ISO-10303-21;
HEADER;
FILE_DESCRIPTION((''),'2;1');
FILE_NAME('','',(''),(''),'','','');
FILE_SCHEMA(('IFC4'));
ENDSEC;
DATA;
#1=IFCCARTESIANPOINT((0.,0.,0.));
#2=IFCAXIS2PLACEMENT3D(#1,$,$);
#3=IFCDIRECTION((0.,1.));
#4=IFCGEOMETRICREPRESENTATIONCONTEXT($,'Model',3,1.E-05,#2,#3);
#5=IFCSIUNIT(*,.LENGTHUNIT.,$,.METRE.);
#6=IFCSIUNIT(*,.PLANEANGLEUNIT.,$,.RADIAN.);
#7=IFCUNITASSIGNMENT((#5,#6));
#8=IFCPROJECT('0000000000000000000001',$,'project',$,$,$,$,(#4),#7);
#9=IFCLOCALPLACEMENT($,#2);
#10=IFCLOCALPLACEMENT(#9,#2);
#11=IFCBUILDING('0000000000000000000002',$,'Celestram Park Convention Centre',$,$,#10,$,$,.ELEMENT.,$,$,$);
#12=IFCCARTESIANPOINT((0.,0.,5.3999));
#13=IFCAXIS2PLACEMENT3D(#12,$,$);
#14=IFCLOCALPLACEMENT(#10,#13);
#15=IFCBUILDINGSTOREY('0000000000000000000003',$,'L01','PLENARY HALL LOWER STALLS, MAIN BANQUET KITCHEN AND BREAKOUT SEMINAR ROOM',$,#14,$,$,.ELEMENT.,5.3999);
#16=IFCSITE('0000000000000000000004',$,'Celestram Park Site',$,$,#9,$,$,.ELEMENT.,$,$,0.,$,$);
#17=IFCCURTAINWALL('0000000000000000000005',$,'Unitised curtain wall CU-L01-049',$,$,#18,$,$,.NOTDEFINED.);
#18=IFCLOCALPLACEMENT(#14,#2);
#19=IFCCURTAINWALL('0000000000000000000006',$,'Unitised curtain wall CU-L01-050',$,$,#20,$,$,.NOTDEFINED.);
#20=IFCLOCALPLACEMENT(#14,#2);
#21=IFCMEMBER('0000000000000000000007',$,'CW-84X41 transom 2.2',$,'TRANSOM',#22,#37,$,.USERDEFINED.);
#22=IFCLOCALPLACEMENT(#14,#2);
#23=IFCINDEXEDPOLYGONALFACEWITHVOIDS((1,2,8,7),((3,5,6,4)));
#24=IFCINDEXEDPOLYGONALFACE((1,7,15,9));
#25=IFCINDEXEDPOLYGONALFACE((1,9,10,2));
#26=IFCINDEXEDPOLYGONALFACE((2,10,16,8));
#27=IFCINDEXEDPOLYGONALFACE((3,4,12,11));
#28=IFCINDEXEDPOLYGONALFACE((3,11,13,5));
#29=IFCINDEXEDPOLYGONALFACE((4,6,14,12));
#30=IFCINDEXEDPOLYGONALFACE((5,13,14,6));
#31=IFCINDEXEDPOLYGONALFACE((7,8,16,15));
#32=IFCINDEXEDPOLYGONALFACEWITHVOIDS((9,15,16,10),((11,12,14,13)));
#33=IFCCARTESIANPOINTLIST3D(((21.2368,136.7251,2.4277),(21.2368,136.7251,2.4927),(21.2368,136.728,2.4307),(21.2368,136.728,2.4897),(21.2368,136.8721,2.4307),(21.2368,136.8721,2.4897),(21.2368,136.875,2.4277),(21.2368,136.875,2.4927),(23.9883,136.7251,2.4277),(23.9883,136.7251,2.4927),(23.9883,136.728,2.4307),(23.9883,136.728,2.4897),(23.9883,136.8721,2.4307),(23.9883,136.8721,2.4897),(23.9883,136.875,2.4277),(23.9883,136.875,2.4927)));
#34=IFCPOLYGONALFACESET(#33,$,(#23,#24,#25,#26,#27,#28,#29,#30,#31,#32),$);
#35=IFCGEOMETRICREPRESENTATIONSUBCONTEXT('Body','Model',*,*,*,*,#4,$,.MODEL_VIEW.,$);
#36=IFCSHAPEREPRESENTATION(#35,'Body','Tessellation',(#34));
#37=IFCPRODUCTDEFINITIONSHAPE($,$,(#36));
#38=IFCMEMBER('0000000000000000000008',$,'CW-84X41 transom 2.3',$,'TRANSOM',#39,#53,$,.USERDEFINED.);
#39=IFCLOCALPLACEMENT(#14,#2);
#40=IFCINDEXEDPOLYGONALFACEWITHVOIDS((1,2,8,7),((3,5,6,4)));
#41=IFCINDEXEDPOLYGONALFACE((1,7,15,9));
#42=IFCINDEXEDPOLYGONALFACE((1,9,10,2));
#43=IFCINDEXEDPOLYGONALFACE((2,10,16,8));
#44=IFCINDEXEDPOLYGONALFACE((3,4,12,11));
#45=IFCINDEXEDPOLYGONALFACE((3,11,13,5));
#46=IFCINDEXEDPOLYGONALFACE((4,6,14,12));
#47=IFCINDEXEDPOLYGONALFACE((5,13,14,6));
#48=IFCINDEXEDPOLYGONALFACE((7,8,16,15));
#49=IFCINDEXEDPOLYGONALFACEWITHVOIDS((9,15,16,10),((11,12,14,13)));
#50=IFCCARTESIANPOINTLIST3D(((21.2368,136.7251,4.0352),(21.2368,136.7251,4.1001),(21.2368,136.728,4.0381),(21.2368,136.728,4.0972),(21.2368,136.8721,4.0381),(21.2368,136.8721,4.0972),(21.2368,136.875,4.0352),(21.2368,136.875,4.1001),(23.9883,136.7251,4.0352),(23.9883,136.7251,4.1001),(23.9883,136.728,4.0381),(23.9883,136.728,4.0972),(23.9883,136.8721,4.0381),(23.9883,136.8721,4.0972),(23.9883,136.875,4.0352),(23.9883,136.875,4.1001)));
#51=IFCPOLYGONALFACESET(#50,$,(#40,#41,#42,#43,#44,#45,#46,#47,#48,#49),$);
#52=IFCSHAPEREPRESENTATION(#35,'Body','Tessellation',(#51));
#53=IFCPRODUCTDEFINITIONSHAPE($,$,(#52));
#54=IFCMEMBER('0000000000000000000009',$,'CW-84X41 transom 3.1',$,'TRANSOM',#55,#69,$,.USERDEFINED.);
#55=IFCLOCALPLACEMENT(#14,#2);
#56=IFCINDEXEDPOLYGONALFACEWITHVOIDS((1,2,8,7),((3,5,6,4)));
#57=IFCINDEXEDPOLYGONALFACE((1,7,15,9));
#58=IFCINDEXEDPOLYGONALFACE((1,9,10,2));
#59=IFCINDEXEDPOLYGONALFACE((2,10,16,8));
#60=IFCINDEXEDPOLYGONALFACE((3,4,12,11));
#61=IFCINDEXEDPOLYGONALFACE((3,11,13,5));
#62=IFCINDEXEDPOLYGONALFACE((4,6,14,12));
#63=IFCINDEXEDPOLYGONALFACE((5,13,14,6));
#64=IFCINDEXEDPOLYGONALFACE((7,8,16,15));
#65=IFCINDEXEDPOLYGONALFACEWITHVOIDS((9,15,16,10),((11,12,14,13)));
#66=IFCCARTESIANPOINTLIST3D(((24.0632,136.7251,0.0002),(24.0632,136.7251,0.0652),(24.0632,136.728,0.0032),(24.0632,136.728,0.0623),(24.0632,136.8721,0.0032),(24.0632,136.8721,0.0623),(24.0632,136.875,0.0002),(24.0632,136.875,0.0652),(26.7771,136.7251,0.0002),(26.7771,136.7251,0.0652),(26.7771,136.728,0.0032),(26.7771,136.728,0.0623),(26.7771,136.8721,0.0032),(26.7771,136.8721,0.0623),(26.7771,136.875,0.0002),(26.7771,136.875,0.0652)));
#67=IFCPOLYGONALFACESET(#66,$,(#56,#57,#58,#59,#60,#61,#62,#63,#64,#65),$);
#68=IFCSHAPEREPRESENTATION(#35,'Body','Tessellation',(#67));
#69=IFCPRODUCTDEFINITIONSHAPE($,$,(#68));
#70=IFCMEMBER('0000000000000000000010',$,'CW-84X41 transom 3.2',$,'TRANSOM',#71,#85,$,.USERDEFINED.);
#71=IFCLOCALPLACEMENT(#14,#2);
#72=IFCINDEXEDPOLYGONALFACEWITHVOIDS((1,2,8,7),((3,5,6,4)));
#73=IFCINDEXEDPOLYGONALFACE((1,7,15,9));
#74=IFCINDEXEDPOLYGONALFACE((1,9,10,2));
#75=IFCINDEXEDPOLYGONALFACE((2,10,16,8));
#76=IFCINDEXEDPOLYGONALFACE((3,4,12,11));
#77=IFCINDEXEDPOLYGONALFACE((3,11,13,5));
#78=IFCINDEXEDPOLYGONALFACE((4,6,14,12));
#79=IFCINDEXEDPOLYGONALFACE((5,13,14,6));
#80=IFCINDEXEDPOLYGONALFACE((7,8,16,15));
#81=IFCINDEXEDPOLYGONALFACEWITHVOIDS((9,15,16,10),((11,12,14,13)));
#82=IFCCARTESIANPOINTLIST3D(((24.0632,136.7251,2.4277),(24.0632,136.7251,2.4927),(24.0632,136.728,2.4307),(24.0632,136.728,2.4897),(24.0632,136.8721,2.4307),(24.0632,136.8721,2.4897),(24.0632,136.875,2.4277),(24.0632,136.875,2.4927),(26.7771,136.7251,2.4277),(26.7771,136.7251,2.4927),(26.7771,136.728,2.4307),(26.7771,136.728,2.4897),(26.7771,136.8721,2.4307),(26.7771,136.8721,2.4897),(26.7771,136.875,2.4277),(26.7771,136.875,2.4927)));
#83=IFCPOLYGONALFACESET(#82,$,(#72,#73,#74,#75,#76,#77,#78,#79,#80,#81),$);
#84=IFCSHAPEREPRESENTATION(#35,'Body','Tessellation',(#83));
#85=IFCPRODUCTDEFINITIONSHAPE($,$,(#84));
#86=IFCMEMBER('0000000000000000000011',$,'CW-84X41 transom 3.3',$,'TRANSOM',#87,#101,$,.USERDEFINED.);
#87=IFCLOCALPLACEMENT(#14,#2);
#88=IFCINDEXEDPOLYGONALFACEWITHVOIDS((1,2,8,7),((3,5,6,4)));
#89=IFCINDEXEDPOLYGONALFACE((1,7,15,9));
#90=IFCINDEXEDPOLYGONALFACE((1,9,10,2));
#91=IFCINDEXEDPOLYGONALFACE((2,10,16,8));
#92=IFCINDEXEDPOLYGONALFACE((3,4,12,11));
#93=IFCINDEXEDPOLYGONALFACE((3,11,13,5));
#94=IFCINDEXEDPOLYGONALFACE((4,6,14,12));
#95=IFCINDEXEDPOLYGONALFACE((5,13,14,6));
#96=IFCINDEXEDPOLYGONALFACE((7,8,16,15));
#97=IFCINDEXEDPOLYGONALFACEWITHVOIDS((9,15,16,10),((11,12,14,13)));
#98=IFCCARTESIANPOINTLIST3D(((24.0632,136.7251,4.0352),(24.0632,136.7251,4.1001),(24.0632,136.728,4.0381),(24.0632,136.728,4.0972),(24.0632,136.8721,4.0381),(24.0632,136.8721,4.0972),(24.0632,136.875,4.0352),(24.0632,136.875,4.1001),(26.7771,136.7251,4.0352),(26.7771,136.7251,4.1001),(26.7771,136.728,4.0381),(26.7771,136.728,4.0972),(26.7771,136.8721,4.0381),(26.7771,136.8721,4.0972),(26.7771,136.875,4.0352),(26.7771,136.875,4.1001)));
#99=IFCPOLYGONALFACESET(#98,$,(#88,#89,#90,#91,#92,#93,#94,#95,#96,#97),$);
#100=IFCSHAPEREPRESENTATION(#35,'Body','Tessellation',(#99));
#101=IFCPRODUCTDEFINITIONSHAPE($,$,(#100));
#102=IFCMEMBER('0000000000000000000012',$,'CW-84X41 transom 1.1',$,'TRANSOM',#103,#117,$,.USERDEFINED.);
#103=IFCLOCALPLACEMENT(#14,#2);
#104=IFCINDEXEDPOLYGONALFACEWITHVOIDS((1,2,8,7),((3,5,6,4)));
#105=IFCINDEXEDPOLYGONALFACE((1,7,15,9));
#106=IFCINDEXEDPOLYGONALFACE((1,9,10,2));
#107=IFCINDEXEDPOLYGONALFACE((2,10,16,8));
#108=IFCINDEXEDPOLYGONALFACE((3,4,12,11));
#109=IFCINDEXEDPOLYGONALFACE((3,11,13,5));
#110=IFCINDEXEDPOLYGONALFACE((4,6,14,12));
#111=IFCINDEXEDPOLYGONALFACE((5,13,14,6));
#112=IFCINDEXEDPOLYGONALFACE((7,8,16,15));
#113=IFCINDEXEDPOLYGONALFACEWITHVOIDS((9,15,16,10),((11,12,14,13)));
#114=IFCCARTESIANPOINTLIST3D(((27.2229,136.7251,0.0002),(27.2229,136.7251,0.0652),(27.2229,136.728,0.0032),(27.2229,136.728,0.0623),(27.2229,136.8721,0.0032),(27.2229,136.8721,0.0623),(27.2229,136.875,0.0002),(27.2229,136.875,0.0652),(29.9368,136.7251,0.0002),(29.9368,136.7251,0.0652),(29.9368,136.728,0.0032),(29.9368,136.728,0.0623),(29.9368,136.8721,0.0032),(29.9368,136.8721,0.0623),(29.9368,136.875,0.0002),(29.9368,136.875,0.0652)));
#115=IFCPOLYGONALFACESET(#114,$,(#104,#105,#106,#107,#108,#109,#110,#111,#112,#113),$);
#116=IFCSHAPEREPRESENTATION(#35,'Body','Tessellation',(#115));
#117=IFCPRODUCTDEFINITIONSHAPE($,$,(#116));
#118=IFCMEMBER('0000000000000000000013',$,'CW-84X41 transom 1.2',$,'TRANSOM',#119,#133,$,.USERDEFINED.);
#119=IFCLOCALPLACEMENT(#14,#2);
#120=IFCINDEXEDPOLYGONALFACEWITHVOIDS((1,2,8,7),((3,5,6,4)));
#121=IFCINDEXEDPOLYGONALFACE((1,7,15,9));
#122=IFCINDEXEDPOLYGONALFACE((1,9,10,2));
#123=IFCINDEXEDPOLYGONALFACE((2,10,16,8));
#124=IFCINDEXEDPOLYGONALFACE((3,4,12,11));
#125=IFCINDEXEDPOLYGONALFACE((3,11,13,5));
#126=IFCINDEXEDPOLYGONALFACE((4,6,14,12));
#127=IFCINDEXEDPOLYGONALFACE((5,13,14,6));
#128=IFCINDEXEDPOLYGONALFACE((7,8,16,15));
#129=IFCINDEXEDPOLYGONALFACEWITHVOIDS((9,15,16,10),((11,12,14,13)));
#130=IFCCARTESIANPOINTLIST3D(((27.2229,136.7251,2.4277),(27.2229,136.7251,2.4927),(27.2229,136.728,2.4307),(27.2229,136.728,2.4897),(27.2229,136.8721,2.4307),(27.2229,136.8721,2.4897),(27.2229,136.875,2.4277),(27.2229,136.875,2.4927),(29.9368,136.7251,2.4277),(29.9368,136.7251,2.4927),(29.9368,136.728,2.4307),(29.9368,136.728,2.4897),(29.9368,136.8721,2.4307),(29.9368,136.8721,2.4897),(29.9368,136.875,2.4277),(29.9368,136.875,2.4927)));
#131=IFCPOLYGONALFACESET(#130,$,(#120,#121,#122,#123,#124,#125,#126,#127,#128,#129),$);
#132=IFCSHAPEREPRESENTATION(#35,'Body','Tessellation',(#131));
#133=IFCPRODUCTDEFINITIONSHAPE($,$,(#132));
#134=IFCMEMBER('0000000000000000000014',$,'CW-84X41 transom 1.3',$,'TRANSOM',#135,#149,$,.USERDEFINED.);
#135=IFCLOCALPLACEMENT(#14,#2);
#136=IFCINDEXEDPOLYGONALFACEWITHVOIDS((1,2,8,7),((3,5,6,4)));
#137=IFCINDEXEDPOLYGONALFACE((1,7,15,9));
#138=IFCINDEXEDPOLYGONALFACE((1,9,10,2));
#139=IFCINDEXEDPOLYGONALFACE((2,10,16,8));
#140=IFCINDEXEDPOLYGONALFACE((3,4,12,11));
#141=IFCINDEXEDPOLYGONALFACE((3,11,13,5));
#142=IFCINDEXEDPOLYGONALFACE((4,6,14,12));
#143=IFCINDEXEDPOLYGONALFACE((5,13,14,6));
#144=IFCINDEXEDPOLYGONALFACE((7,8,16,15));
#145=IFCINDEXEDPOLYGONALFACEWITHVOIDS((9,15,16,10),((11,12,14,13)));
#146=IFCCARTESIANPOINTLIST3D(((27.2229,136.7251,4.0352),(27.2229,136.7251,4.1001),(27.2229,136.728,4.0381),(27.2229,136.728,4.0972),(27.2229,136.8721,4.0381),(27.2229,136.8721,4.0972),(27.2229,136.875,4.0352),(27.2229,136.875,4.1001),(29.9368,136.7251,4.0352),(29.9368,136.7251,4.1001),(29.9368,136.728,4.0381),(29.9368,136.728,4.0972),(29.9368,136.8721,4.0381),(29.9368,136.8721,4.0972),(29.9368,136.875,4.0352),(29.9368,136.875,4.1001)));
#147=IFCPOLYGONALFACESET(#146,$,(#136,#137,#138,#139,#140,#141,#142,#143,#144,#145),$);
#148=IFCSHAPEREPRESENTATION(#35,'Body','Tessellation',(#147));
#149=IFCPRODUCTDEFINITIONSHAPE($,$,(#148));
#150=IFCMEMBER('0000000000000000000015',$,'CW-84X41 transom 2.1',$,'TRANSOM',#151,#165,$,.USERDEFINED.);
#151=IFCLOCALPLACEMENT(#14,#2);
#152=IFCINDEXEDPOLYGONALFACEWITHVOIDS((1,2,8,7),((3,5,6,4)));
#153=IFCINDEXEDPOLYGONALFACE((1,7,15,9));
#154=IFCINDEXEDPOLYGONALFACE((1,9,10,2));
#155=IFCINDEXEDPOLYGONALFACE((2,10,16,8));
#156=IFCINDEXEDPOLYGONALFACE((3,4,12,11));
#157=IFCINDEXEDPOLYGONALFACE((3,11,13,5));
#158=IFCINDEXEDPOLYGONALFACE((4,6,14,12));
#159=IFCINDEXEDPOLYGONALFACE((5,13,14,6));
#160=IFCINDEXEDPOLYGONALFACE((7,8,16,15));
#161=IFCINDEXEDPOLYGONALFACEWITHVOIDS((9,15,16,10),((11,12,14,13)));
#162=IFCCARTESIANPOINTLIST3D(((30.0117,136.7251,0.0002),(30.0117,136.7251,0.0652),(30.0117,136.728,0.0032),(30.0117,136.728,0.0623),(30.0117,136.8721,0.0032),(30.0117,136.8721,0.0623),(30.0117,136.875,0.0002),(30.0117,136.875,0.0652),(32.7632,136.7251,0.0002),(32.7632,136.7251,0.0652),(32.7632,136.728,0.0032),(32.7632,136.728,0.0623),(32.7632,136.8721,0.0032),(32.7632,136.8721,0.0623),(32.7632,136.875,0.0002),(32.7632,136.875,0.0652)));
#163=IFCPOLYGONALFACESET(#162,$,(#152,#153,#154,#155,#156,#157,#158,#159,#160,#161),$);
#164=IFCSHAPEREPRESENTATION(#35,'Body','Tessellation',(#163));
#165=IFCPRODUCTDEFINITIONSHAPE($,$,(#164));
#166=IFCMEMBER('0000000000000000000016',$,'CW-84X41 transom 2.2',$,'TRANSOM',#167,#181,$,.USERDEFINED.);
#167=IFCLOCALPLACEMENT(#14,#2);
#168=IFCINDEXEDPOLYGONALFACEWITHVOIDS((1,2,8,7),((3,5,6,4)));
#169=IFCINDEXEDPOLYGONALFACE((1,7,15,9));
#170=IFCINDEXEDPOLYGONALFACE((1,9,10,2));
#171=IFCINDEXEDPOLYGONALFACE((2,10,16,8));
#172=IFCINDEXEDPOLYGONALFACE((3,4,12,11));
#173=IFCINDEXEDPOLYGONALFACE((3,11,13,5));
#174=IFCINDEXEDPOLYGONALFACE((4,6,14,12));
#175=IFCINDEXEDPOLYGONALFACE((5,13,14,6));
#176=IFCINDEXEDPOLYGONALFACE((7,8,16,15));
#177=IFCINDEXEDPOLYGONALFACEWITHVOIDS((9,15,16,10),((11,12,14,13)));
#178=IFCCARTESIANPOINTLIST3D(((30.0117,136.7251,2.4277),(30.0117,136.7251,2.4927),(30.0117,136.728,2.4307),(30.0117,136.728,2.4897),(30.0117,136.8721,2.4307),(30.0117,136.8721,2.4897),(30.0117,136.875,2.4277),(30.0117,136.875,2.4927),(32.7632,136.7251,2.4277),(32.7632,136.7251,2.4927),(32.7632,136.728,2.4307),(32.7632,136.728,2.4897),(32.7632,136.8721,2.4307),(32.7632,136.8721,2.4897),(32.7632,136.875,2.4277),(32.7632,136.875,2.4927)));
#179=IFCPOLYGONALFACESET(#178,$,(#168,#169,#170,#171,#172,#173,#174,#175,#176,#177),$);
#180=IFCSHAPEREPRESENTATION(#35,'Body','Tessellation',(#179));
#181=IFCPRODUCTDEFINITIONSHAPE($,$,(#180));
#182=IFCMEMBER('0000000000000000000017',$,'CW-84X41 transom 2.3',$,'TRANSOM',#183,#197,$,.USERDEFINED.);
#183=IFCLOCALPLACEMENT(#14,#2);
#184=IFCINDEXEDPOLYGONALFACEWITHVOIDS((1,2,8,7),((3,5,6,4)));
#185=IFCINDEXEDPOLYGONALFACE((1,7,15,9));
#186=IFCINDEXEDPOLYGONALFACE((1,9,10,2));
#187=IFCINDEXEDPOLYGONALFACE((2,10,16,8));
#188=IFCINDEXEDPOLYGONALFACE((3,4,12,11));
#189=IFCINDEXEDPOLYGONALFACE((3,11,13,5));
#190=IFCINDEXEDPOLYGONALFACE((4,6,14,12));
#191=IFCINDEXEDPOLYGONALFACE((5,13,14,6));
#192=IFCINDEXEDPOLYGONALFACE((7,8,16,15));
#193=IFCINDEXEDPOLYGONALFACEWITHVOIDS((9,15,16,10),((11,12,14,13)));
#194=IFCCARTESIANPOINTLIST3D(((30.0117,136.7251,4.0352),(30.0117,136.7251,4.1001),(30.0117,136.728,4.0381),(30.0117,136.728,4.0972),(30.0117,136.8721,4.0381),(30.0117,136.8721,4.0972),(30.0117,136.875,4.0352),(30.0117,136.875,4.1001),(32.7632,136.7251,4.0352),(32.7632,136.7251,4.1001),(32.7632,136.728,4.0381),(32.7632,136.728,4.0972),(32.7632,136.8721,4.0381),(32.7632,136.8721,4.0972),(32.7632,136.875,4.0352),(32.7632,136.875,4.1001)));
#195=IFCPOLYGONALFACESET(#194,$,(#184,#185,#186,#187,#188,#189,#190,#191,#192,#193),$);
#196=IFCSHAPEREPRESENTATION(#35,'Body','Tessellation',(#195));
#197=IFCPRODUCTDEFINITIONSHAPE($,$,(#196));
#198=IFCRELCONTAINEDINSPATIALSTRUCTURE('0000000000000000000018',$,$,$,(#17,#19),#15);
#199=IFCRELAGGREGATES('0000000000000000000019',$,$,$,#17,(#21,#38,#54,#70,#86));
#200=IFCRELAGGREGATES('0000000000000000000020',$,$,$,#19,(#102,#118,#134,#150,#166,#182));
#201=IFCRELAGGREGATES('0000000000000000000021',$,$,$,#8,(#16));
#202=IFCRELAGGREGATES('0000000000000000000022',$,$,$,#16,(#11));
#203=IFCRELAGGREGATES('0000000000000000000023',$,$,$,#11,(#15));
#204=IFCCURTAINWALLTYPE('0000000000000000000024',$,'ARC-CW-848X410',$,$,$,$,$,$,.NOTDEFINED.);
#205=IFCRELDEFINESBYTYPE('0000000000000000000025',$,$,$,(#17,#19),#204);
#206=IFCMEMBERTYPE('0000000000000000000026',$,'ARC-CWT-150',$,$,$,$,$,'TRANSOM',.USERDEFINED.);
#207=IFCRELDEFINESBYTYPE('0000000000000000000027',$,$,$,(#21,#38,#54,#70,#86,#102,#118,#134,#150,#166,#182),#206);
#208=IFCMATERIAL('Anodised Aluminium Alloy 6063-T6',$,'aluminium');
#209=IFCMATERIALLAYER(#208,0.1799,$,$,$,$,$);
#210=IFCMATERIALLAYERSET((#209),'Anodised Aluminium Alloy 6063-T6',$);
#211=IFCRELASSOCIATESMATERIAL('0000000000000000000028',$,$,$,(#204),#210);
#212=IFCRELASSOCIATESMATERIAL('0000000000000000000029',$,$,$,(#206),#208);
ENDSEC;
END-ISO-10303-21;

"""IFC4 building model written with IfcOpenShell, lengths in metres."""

from ifc_helpers import new_model, si_unit, direction, frame, origin, origin_2d, place, context, subcontext, project, spatial, hollow_rectangle, extrude, material, layer, layer_set, material_profile, profile_set, type_object, element, aggregate, save


model = new_model("IFC4")

# Units and contexts
model_context = context("Model", 3, precision=1e-05, world=origin(), true_north=direction((0.0, 1.0)))
body_context = subcontext(model_context, "Body", "Model", "MODEL_VIEW")
ifc_project = project(units=[si_unit("LENGTHUNIT", "METRE"), si_unit("PLANEANGLEUNIT", "RADIAN")], contexts=[model_context])

# Site, building, storey
site_placement = place(None, origin())
site = spatial("IfcSite", under=ifc_project, at=site_placement, Name="Celestram Park Site", CompositionType="ELEMENT", RefElevation=0.0)
building_placement = place(site_placement, origin())
building = spatial("IfcBuilding", under=site, at=building_placement, Name="Celestram Park Convention Centre", CompositionType="ELEMENT")
storey_placement = place(building_placement, frame((0.0, 0.0, 5.3999)))
storey = spatial("IfcBuildingStorey", under=building, at=storey_placement, Name="L01", Description="PLENARY HALL LOWER STALLS, MAIN BANQUET KITCHEN AND BREAKOUT SEMINAR ROOM", CompositionType="ELEMENT", Elevation=5.3999)

# Curtain walls
ifc_material_1 = material(Name="Anodised Aluminium Alloy 6063-T6", Category="aluminium")
ifc_layer_1 = layer(ifc_material_1, 0.1799)
ifc_layer_set_1 = layer_set([ifc_layer_1], Name="Anodised Aluminium Alloy 6063-T6")
curtain_wall_type = type_object("IfcCurtainWallType", Name="ARC-CW-848X410", PredefinedType="NOTDEFINED", material=ifc_layer_set_1)
curtain_wall_1_placement = place(storey_placement, origin())
curtain_wall_1 = element("IfcCurtainWall", 1, at=curtain_wall_1_placement, inside=storey, type_object=curtain_wall_type, Name="Unitised curtain wall CU-L01-049", PredefinedType="NOTDEFINED")
curtain_wall_2_placement = place(storey_placement, origin())
curtain_wall_2 = element("IfcCurtainWall", 2, at=curtain_wall_2_placement, inside=storey, type_object=curtain_wall_type, Name="Unitised curtain wall CU-L01-050", PredefinedType="NOTDEFINED")

# Members
ifc_material_profile_1 = material_profile(ifc_material_1, hollow_rectangle(XDim=0.1499, YDim=0.0649, WallThickness=0.0029, at=origin_2d()), Name="ALU150X65X3")
ifc_profile_set_1 = profile_set([ifc_material_profile_1], Name="Anodised Aluminium Alloy 6063-T6")
member_type_1 = type_object("IfcMemberType", Name="ARC-CWT-150", ElementType="TRANSOM", PredefinedType="USERDEFINED", material=ifc_profile_set_1)
member_1_placement = place(storey_placement, frame((21.2368, 136.8, 2.4602), z_axis=(1.0, 0.0, 0.0), x_axis=(0.0, 1.0, 0.0)))
member_1 = element("IfcMember", 3, at=member_1_placement, type_object=member_type_1, Name="CW-84X41 transom 2.2", ObjectType="TRANSOM", PredefinedType="USERDEFINED", context=body_context, shape_type="SweptSolid", body=[
    extrude(hollow_rectangle(XDim=0.1499, YDim=0.0649, WallThickness=0.0029, at=origin_2d()), origin(), (0.0, 0.0, 1.0), 2.7515),
])
member_2_placement = place(storey_placement, frame((21.2368, 136.8, 4.0676), z_axis=(1.0, 0.0, 0.0), x_axis=(0.0, 1.0, 0.0)))
member_2 = element("IfcMember", 4, at=member_2_placement, type_object=member_type_1, Name="CW-84X41 transom 2.3", ObjectType="TRANSOM", PredefinedType="USERDEFINED", context=body_context, shape_type="SweptSolid", body=[
    extrude(hollow_rectangle(XDim=0.1499, YDim=0.0649, WallThickness=0.0029, at=origin_2d()), origin(), (0.0, 0.0, 1.0), 2.7515),
])
member_3_placement = place(storey_placement, frame((24.0632, 136.8, 0.0327), z_axis=(1.0, 0.0, 0.0), x_axis=(0.0, 1.0, 0.0)))
member_3 = element("IfcMember", 5, at=member_3_placement, type_object=member_type_1, Name="CW-84X41 transom 3.1", ObjectType="TRANSOM", PredefinedType="USERDEFINED", context=body_context, shape_type="SweptSolid", body=[
    extrude(hollow_rectangle(XDim=0.1499, YDim=0.0649, WallThickness=0.0029, at=origin_2d()), origin(), (0.0, 0.0, 1.0), 2.7139),
])
member_4_placement = place(storey_placement, frame((24.0632, 136.8, 2.4602), z_axis=(1.0, 0.0, 0.0), x_axis=(0.0, 1.0, 0.0)))
member_4 = element("IfcMember", 6, at=member_4_placement, type_object=member_type_1, Name="CW-84X41 transom 3.2", ObjectType="TRANSOM", PredefinedType="USERDEFINED", context=body_context, shape_type="SweptSolid", body=[
    extrude(hollow_rectangle(XDim=0.1499, YDim=0.0649, WallThickness=0.0029, at=origin_2d()), origin(), (0.0, 0.0, 1.0), 2.7139),
])
member_5_placement = place(storey_placement, frame((24.0632, 136.8, 4.0676), z_axis=(1.0, 0.0, 0.0), x_axis=(0.0, 1.0, 0.0)))
member_5 = element("IfcMember", 7, at=member_5_placement, type_object=member_type_1, Name="CW-84X41 transom 3.3", ObjectType="TRANSOM", PredefinedType="USERDEFINED", context=body_context, shape_type="SweptSolid", body=[
    extrude(hollow_rectangle(XDim=0.1499, YDim=0.0649, WallThickness=0.0029, at=origin_2d()), origin(), (0.0, 0.0, 1.0), 2.7139),
])
member_6_placement = place(storey_placement, frame((27.2229, 136.8, 0.0327), z_axis=(1.0, 0.0, 0.0), x_axis=(0.0, 1.0, 0.0)))
member_6 = element("IfcMember", 8, at=member_6_placement, type_object=member_type_1, Name="CW-84X41 transom 1.1", ObjectType="TRANSOM", PredefinedType="USERDEFINED", context=body_context, shape_type="SweptSolid", body=[
    extrude(hollow_rectangle(XDim=0.1499, YDim=0.0649, WallThickness=0.0029, at=origin_2d()), origin(), (0.0, 0.0, 1.0), 2.7139),
])
member_7_placement = place(storey_placement, frame((27.2229, 136.8, 2.4602), z_axis=(1.0, 0.0, 0.0), x_axis=(0.0, 1.0, 0.0)))
member_7 = element("IfcMember", 9, at=member_7_placement, type_object=member_type_1, Name="CW-84X41 transom 1.2", ObjectType="TRANSOM", PredefinedType="USERDEFINED", context=body_context, shape_type="SweptSolid", body=[
    extrude(hollow_rectangle(XDim=0.1499, YDim=0.0649, WallThickness=0.0029, at=origin_2d()), origin(), (0.0, 0.0, 1.0), 2.7139),
])
member_8_placement = place(storey_placement, frame((27.2229, 136.8, 4.0676), z_axis=(1.0, 0.0, 0.0), x_axis=(0.0, 1.0, 0.0)))
member_8 = element("IfcMember", 10, at=member_8_placement, type_object=member_type_1, Name="CW-84X41 transom 1.3", ObjectType="TRANSOM", PredefinedType="USERDEFINED", context=body_context, shape_type="SweptSolid", body=[
    extrude(hollow_rectangle(XDim=0.1499, YDim=0.0649, WallThickness=0.0029, at=origin_2d()), origin(), (0.0, 0.0, 1.0), 2.7139),
])
member_9_placement = place(storey_placement, frame((30.0117, 136.8, 0.0327), z_axis=(1.0, 0.0, 0.0), x_axis=(0.0, 1.0, 0.0)))
member_9 = element("IfcMember", 11, at=member_9_placement, type_object=member_type_1, Name="CW-84X41 transom 2.1", ObjectType="TRANSOM", PredefinedType="USERDEFINED", context=body_context, shape_type="SweptSolid", body=[
    extrude(hollow_rectangle(XDim=0.1499, YDim=0.0649, WallThickness=0.0029, at=origin_2d()), origin(), (0.0, 0.0, 1.0), 2.7515),
])
member_10_placement = place(storey_placement, frame((30.0117, 136.8, 2.4602), z_axis=(1.0, 0.0, 0.0), x_axis=(0.0, 1.0, 0.0)))
member_10 = element("IfcMember", 12, at=member_10_placement, type_object=member_type_1, Name="CW-84X41 transom 2.2", ObjectType="TRANSOM", PredefinedType="USERDEFINED", context=body_context, shape_type="SweptSolid", body=[
    extrude(hollow_rectangle(XDim=0.1499, YDim=0.0649, WallThickness=0.0029, at=origin_2d()), origin(), (0.0, 0.0, 1.0), 2.7515),
])
member_11_placement = place(storey_placement, frame((30.0117, 136.8, 4.0676), z_axis=(1.0, 0.0, 0.0), x_axis=(0.0, 1.0, 0.0)))
member_11 = element("IfcMember", 13, at=member_11_placement, type_object=member_type_1, Name="CW-84X41 transom 2.3", ObjectType="TRANSOM", PredefinedType="USERDEFINED", context=body_context, shape_type="SweptSolid", body=[
    extrude(hollow_rectangle(XDim=0.1499, YDim=0.0649, WallThickness=0.0029, at=origin_2d()), origin(), (0.0, 0.0, 1.0), 2.7515),
])

aggregate(curtain_wall_1, [member_1, member_2, member_3, member_4, member_5])
aggregate(curtain_wall_2, [member_6, member_7, member_8, member_9, member_10, member_11])

save(model, "model.ifc")
